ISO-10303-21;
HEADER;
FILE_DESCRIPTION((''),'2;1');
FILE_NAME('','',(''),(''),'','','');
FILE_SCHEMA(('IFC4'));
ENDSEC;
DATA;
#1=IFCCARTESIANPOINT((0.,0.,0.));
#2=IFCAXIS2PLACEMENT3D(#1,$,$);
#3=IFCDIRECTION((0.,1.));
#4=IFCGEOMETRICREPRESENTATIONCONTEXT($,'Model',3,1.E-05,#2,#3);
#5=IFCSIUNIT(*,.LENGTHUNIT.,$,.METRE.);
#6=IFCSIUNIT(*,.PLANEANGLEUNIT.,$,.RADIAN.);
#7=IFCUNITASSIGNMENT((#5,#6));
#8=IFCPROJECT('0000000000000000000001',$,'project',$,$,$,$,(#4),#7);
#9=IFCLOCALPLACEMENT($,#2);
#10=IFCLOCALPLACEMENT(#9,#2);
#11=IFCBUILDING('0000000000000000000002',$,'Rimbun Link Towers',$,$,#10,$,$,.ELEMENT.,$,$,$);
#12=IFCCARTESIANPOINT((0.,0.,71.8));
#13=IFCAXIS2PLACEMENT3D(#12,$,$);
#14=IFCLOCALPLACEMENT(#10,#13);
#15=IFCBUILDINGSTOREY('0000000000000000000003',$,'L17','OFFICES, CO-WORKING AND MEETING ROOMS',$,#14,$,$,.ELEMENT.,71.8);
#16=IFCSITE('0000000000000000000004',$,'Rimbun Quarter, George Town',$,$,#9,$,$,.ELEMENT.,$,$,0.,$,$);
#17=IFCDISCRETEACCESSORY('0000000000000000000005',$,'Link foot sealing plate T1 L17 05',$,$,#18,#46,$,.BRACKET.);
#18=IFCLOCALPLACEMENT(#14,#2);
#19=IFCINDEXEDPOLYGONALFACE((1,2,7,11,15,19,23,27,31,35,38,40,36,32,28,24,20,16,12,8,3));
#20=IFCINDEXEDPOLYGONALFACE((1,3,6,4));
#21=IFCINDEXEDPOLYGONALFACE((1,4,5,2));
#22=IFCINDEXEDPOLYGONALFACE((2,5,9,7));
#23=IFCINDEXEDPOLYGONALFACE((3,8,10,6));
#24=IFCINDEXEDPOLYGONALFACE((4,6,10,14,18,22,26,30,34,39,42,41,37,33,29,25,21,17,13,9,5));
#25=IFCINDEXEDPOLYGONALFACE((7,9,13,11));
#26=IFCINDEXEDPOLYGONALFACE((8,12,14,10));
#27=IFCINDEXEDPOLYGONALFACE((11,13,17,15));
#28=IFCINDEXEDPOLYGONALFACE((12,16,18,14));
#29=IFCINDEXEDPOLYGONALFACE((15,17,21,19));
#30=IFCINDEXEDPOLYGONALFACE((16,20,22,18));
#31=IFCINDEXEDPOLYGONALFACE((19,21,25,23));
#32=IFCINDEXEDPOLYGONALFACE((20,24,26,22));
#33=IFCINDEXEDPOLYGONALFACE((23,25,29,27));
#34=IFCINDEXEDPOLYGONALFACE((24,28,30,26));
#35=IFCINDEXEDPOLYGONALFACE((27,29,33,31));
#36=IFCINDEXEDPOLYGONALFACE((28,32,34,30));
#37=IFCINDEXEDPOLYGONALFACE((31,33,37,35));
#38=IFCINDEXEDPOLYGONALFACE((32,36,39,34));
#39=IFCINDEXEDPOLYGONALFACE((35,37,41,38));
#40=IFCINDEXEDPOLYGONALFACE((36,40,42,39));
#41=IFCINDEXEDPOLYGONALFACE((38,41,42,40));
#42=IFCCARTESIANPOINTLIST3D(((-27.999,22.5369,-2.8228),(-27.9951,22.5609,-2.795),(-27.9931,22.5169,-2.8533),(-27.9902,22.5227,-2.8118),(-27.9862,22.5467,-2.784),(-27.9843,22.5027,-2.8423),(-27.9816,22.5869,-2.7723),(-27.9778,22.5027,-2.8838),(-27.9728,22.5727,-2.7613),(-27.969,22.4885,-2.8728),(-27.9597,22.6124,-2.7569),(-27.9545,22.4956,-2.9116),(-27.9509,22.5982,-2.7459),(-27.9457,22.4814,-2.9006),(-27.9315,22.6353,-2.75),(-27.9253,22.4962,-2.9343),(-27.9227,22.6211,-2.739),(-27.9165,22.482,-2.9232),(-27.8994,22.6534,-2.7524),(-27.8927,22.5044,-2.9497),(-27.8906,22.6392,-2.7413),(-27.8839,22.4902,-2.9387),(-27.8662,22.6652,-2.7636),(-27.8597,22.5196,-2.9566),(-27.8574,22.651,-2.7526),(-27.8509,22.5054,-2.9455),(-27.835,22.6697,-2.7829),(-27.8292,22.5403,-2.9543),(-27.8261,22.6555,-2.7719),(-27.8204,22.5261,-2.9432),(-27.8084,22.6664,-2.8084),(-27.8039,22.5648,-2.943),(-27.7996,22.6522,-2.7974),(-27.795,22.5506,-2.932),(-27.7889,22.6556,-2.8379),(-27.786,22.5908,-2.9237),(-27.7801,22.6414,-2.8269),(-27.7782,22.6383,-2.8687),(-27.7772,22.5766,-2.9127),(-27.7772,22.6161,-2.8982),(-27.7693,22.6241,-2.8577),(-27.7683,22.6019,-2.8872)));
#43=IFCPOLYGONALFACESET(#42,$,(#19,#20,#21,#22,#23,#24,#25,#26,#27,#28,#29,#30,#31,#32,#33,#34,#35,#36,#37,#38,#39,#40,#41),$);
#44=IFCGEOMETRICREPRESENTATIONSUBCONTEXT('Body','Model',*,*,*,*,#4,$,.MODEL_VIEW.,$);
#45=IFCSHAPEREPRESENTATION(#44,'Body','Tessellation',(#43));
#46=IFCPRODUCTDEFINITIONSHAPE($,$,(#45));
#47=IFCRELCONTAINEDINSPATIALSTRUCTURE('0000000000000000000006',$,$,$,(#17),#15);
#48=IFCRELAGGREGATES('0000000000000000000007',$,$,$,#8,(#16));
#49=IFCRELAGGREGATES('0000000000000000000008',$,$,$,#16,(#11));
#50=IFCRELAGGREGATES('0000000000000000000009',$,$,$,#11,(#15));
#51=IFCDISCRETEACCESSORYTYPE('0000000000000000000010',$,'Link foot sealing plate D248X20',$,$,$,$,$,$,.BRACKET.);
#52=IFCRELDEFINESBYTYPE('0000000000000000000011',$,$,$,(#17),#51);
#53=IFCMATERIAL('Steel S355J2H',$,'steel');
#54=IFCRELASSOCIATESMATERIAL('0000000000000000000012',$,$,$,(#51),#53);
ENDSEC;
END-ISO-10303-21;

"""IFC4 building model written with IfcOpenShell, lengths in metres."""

from ifc_helpers import new_model, si_unit, direction, frame, origin, origin_2d, place, context, subcontext, project, spatial, circle, extrude, material, material_profile, profile_set, type_object, element, save


model = new_model("IFC4")

# Units and contexts
model_context = context("Model", 3, precision=1e-05, world=origin(), true_north=direction((0.0, 1.0)))
body_context = subcontext(model_context, "Body", "Model", "MODEL_VIEW")
ifc_project = project(units=[si_unit("LENGTHUNIT", "METRE"), si_unit("PLANEANGLEUNIT", "RADIAN")], contexts=[model_context])

# Site, building, storey
site_placement = place(None, origin())
site = spatial("IfcSite", under=ifc_project, at=site_placement, Name="Rimbun Quarter, George Town", CompositionType="ELEMENT", RefElevation=0.0)
building_placement = place(site_placement, origin())
building = spatial("IfcBuilding", under=site, at=building_placement, Name="Rimbun Link Towers", CompositionType="ELEMENT")
storey_placement = place(building_placement, frame((0.0, 0.0, 71.8)))
storey = spatial("IfcBuildingStorey", under=building, at=storey_placement, Name="L17", Description="OFFICES, CO-WORKING AND MEETING ROOMS", CompositionType="ELEMENT", Elevation=71.8)

# Discrete accessory
ifc_material_1 = material(Name="Steel S355J2H", Category="steel")
ifc_material_profile_1 = material_profile(ifc_material_1, circle(Radius=0.124, at=origin_2d()), Name="PL D248")
ifc_profile_set_1 = profile_set([ifc_material_profile_1], Name="Steel S355J2H")
discrete_accessory_type = type_object("IfcDiscreteAccessoryType", Name="Link foot sealing plate D248X20", PredefinedType="BRACKET", material=ifc_profile_set_1)
discrete_accessory_1_placement = place(storey_placement, frame((-27.8789, 22.5681, -2.8423), z_axis=(-0.440303, 0.709377, -0.550379), x_axis=(-0.84964, -0.527363, 0.0)))
element("IfcDiscreteAccessory", 1, at=discrete_accessory_1_placement, inside=storey, type_object=discrete_accessory_type, Name="Link foot sealing plate T1 L17 05", PredefinedType="BRACKET", context=body_context, shape_type="SweptSolid", body=[
    extrude(circle(Radius=0.124, at=origin_2d()), origin(), (0.0, 0.0, 1.0), 0.02),
])

save(model, "model.ifc")
